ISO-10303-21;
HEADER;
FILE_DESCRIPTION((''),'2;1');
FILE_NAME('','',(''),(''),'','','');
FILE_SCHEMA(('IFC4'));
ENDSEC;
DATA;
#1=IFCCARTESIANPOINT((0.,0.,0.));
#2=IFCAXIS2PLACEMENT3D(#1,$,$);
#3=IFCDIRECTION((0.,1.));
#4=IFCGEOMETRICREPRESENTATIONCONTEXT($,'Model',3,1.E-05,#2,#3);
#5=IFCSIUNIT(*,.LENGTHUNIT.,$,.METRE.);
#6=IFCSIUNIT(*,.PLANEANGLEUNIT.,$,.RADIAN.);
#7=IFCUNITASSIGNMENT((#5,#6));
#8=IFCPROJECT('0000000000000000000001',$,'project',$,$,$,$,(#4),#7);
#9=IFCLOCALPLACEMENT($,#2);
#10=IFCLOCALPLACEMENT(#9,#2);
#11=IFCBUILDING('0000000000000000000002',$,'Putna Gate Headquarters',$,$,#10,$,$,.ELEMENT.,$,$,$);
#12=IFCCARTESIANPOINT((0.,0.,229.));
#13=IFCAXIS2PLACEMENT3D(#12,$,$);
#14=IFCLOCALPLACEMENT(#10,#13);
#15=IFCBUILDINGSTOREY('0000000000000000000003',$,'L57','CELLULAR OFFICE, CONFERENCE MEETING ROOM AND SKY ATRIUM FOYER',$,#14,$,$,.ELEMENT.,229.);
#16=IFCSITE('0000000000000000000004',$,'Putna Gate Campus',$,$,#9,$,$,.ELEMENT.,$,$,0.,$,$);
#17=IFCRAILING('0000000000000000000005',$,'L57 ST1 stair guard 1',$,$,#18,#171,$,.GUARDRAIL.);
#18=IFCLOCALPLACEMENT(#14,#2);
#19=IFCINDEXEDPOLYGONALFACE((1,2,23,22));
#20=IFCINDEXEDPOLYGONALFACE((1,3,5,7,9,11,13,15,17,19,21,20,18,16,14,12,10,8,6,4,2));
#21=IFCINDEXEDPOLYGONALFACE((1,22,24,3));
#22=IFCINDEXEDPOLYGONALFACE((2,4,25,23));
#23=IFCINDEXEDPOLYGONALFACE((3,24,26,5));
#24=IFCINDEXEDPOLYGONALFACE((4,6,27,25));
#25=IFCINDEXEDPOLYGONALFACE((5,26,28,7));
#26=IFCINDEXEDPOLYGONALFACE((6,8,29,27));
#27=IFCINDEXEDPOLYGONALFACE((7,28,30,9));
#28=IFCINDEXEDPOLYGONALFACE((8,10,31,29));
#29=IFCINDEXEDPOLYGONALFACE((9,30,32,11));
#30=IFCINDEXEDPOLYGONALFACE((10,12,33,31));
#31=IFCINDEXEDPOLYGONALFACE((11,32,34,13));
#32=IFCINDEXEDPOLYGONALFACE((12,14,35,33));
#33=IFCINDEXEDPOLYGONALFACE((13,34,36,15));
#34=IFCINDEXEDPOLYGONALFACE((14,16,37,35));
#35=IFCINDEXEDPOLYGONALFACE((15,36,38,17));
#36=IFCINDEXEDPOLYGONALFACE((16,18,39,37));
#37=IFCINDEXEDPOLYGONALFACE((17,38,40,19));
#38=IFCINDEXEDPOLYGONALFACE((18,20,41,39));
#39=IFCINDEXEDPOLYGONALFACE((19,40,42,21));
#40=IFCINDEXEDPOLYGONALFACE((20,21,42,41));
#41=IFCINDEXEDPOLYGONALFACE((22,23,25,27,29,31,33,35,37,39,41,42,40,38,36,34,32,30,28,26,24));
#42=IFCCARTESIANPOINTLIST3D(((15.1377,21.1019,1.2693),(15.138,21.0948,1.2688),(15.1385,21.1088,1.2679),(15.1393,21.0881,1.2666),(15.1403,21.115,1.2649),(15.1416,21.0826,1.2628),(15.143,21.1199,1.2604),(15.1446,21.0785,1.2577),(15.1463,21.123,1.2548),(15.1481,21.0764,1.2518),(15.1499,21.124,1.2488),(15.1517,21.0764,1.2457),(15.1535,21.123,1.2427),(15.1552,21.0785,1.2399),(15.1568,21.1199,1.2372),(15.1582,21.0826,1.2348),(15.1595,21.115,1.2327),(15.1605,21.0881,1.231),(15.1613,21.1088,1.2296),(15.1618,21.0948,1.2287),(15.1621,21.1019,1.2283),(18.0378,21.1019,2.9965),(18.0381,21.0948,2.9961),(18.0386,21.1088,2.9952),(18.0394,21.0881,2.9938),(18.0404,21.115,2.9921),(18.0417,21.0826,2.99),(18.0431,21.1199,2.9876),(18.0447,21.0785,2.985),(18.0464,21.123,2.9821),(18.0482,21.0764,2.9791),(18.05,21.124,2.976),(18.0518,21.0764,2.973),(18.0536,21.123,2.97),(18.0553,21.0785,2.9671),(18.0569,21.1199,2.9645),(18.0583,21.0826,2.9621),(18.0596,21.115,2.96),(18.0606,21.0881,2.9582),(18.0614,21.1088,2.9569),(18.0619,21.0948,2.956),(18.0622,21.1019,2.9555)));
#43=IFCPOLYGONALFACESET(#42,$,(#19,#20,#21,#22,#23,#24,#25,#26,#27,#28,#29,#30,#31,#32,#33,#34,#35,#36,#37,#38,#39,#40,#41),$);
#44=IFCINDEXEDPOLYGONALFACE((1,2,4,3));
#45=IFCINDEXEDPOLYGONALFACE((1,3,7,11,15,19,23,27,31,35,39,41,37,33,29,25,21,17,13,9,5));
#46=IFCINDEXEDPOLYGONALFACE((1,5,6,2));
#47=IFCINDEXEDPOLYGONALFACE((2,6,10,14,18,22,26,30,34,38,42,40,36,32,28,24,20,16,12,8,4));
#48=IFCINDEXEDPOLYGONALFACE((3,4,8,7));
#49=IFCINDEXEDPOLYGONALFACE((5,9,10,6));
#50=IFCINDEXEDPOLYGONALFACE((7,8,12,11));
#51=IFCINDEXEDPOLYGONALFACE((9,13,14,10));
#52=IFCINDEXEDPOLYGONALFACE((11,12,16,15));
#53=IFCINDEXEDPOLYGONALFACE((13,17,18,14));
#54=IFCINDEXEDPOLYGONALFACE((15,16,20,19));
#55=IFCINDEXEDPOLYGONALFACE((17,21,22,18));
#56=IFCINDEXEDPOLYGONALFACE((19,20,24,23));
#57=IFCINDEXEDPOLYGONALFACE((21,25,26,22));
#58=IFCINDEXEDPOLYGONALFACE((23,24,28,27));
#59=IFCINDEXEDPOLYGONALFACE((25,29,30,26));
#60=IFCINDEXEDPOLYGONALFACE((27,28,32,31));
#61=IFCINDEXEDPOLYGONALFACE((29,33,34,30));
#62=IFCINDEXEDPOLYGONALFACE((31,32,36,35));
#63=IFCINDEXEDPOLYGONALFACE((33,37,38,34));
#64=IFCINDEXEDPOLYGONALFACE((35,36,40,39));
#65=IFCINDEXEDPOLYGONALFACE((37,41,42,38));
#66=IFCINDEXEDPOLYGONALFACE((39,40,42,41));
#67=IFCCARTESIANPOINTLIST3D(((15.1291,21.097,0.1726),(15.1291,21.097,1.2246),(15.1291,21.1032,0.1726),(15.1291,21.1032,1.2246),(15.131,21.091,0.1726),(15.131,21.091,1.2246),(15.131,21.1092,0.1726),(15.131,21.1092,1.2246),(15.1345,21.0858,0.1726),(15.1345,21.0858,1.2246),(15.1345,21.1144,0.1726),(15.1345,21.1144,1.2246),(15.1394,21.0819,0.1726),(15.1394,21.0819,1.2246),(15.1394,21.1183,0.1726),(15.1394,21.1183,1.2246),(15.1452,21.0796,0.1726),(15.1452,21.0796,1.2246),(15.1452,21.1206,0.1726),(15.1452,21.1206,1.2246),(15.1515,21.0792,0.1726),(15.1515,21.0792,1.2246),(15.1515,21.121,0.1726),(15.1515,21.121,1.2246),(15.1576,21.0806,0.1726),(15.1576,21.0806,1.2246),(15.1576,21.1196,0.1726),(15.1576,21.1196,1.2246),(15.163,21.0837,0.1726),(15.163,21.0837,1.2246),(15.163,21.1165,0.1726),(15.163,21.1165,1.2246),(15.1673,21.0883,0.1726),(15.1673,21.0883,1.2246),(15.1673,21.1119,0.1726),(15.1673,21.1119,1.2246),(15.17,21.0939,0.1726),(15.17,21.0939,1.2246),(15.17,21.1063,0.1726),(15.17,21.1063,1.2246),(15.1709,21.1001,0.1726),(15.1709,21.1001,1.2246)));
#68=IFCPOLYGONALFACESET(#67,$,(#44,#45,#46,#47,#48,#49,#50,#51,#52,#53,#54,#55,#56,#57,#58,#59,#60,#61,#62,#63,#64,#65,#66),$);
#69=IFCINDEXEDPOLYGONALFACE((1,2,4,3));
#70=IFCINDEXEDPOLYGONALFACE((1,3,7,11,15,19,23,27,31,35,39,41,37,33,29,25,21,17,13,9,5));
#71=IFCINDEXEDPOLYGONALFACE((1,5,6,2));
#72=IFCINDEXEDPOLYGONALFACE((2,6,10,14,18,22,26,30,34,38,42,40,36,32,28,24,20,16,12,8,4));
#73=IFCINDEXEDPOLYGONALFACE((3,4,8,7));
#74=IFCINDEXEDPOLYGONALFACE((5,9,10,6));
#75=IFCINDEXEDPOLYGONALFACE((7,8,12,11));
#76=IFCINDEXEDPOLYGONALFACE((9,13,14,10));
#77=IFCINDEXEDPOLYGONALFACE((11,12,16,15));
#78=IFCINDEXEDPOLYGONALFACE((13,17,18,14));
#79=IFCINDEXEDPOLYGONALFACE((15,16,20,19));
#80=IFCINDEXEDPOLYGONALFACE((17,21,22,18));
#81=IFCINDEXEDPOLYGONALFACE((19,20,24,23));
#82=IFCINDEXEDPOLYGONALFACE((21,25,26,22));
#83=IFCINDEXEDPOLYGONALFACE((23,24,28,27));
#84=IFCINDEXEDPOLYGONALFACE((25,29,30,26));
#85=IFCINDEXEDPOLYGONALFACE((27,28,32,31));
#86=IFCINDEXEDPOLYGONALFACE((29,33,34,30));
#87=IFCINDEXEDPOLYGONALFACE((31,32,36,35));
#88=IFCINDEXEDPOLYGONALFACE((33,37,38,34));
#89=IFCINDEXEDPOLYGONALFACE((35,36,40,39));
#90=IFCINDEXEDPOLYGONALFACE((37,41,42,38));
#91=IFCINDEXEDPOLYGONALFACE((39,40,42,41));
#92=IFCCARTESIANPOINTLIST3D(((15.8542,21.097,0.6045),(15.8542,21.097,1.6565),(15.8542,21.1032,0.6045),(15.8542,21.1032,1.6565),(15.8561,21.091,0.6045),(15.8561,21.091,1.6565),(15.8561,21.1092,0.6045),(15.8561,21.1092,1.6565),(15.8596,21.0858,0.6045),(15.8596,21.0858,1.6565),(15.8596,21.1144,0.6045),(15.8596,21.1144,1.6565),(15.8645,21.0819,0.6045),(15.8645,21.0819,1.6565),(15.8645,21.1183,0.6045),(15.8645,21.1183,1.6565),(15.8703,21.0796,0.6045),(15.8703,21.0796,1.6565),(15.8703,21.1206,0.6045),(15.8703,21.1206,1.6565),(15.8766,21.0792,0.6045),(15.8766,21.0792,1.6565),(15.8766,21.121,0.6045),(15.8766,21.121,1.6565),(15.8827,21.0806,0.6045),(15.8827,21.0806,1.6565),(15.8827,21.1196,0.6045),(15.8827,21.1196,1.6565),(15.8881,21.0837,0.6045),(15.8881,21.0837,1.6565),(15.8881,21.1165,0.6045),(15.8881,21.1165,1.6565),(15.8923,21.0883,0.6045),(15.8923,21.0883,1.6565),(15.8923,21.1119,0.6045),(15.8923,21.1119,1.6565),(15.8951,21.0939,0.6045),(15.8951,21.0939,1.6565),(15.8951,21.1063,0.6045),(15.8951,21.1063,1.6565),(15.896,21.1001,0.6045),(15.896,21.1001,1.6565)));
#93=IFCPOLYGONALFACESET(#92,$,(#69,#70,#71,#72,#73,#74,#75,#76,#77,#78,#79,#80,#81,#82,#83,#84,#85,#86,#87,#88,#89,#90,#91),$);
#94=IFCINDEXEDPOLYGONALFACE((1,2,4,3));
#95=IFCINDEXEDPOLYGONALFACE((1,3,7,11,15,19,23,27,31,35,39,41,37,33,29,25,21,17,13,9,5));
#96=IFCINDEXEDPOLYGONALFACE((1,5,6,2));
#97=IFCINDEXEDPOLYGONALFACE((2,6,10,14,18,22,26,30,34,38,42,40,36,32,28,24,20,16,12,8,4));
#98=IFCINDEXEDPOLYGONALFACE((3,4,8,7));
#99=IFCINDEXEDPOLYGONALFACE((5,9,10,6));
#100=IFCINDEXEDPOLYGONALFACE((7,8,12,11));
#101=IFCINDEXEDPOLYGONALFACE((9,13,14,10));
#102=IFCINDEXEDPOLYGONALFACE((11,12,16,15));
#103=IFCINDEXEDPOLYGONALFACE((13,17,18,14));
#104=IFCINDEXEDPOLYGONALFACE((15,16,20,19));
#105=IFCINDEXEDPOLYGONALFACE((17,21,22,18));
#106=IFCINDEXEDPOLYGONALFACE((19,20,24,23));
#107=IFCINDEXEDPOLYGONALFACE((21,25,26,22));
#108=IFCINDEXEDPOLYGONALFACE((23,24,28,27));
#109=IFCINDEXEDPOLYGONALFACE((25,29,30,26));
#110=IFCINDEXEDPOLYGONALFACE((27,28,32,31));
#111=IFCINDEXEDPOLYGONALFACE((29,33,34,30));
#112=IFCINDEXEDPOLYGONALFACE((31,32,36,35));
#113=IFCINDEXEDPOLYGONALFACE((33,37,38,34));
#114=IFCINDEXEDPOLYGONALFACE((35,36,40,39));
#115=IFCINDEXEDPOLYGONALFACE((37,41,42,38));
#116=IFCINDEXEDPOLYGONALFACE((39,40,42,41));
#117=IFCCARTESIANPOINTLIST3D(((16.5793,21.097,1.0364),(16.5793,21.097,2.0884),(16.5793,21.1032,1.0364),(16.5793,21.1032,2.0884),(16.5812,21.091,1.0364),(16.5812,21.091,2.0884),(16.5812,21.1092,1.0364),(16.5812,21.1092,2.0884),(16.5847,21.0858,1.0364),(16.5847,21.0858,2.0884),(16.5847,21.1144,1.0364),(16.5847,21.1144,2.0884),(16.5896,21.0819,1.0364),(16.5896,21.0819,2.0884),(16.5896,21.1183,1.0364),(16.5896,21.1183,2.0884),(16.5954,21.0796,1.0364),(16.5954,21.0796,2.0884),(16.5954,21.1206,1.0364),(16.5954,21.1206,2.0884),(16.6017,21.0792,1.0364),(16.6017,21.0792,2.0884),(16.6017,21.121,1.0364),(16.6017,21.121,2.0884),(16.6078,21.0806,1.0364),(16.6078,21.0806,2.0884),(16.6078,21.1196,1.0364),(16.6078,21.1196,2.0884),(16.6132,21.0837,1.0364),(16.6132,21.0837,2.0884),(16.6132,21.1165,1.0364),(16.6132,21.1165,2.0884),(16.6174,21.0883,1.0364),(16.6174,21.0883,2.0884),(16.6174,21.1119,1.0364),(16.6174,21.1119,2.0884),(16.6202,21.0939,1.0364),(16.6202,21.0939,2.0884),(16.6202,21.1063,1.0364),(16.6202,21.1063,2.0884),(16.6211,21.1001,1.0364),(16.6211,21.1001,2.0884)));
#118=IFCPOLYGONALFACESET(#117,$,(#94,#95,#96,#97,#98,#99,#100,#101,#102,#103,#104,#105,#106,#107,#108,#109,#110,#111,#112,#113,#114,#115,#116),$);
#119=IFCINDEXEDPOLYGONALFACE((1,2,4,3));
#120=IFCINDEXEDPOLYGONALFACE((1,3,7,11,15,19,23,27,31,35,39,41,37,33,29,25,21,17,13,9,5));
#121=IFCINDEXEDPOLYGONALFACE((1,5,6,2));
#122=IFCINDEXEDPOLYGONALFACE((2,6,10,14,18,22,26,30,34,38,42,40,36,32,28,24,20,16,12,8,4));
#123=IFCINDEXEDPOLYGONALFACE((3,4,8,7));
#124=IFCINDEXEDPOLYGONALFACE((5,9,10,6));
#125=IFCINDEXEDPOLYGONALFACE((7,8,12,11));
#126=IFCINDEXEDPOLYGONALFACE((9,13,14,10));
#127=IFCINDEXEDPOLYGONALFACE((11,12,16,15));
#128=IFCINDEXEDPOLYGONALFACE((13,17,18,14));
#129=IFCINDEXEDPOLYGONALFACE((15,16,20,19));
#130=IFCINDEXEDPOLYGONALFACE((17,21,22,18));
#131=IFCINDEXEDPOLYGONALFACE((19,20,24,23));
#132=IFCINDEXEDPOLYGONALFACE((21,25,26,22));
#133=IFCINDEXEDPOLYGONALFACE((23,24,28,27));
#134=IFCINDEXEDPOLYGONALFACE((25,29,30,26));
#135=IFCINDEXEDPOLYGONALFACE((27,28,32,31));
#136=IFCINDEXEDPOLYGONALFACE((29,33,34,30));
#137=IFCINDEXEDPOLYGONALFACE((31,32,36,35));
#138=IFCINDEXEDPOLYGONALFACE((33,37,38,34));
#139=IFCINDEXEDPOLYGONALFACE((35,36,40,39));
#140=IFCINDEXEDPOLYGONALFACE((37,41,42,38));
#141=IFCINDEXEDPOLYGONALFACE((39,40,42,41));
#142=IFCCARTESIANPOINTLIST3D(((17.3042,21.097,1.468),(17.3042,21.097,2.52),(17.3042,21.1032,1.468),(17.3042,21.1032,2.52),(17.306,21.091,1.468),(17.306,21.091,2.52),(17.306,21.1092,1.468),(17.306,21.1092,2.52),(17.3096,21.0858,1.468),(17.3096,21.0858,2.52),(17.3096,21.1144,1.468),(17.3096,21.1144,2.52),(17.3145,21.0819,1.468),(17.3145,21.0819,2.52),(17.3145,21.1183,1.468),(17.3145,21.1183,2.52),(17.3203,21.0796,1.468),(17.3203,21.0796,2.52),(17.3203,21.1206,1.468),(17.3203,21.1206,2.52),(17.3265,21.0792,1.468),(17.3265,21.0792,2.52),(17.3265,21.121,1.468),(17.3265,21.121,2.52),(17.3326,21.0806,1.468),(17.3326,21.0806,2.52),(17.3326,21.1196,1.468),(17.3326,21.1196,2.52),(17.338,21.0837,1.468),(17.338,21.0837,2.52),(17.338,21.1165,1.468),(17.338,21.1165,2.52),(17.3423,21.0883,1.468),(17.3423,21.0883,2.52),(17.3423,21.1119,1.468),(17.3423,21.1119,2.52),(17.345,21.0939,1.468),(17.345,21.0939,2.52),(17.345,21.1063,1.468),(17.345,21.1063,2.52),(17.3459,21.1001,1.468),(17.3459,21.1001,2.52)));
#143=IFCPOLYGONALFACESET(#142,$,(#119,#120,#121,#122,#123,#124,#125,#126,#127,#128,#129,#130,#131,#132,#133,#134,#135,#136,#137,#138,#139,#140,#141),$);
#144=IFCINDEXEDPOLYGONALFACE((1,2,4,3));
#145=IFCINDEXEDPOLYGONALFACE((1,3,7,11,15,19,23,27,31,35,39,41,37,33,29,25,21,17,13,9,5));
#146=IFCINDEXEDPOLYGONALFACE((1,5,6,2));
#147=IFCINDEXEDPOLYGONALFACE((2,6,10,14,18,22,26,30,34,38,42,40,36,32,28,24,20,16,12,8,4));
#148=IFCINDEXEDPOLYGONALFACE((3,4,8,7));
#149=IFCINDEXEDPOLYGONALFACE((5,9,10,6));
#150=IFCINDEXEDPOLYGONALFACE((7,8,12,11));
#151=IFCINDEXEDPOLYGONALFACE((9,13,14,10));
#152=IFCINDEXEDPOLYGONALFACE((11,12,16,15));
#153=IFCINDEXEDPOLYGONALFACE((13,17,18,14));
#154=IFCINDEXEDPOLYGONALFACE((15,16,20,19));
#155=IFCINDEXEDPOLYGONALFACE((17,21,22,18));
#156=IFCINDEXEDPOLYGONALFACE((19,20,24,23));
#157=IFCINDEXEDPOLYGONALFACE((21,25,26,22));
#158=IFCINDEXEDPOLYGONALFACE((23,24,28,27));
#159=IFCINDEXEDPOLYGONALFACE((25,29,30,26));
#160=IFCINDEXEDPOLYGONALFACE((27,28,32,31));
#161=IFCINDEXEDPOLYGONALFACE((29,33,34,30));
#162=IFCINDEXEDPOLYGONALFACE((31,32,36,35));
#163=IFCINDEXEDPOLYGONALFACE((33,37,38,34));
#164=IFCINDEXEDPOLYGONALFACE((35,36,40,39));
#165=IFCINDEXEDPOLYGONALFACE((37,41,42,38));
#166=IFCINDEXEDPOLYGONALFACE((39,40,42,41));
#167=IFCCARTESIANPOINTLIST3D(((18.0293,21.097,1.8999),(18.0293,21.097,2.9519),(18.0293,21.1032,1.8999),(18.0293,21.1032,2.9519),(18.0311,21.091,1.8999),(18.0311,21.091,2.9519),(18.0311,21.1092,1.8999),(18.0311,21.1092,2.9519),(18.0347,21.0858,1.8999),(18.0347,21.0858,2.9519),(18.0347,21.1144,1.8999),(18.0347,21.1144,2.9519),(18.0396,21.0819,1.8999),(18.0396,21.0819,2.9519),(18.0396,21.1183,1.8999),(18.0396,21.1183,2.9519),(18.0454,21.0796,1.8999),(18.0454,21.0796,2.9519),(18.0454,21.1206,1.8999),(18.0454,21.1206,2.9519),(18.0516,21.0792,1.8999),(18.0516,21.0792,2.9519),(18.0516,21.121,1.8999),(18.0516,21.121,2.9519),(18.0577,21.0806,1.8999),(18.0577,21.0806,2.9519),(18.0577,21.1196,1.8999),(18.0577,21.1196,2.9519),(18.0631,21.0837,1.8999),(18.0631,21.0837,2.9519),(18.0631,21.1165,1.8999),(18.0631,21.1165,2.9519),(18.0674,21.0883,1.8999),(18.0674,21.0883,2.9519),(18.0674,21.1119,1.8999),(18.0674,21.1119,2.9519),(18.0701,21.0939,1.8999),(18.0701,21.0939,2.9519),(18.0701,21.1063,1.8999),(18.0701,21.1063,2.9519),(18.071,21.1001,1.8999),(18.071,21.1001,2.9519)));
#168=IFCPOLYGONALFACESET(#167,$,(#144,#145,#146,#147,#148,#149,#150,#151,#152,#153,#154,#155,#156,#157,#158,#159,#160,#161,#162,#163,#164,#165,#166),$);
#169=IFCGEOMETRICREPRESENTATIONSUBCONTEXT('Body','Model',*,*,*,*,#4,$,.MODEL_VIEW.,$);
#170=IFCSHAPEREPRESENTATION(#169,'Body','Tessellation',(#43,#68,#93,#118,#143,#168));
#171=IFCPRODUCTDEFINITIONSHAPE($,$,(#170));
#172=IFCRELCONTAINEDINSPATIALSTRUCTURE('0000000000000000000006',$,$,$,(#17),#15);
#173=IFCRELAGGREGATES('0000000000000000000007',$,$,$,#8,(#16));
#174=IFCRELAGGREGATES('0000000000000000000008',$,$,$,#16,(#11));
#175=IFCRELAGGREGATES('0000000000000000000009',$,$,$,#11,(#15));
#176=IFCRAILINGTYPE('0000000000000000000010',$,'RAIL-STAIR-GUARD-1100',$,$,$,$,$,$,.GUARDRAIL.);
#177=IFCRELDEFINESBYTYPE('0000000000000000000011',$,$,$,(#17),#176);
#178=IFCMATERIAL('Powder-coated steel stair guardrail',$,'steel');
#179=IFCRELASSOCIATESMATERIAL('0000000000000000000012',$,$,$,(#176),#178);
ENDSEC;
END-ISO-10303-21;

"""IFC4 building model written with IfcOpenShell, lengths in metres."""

from ifc_helpers import new_model, si_unit, direction, frame, origin, origin_2d, place, context, subcontext, project, spatial, circle, extrude, material, type_object, element, save


model = new_model("IFC4")

# Units and contexts
model_context = context("Model", 3, precision=1e-05, world=origin(), true_north=direction((0.0, 1.0)))
body_context = subcontext(model_context, "Body", "Model", "MODEL_VIEW")
ifc_project = project(units=[si_unit("LENGTHUNIT", "METRE"), si_unit("PLANEANGLEUNIT", "RADIAN")], contexts=[model_context])

# Site, building, storey
site_placement = place(None, origin())
site = spatial("IfcSite", under=ifc_project, at=site_placement, Name="Putna Gate Campus", CompositionType="ELEMENT", RefElevation=0.0)
building_placement = place(site_placement, origin())
building = spatial("IfcBuilding", under=site, at=building_placement, Name="Putna Gate Headquarters", CompositionType="ELEMENT")
storey_placement = place(building_placement, frame((0.0, 0.0, 229.0)))
storey = spatial("IfcBuildingStorey", under=building, at=storey_placement, Name="L57", Description="CELLULAR OFFICE, CONFERENCE MEETING ROOM AND SKY ATRIUM FOYER", CompositionType="ELEMENT", Elevation=229.0)

# Railing
ifc_material_1 = material(Name="Powder-coated steel stair guardrail", Category="steel")
railing_type_1 = type_object("IfcRailingType", Name="RAIL-STAIR-GUARD-1100", PredefinedType="GUARDRAIL", material=ifc_material_1)
railing_1_placement = place(storey_placement, frame((15.1499, 21.1001, 0.1726)))
element("IfcRailing", 1, at=railing_1_placement, inside=storey, type_object=railing_type_1, Name="L57 ST1 stair guard 1", PredefinedType="GUARDRAIL", context=body_context, shape_type="SweptSolid", body=[
    extrude(circle(Radius=0.0239, at=origin_2d()), frame((0.0, 0.0, 1.0762), z_axis=(0.85916, 0.0, 0.511706), x_axis=(0.0, 1.0, 0.0)), (0.0, 0.0, 1.0), 3.3755),
    extrude(circle(Radius=0.021, at=origin_2d()), origin(), (0.0, 0.0, 1.0), 1.052),
    extrude(circle(Radius=0.021, at=origin_2d()), frame((0.7251, 0.0, 0.4319)), (0.0, 0.0, 1.0), 1.052),
    extrude(circle(Radius=0.021, at=origin_2d()), frame((1.4502, 0.0, 0.8638)), (0.0, 0.0, 1.0), 1.052),
    extrude(circle(Radius=0.021, at=origin_2d()), frame((2.175, 0.0, 1.2954)), (0.0, 0.0, 1.0), 1.052),
    extrude(circle(Radius=0.021, at=origin_2d()), frame((2.9001, 0.0, 1.7273)), (0.0, 0.0, 1.0), 1.052),
])

save(model, "model.ifc")
